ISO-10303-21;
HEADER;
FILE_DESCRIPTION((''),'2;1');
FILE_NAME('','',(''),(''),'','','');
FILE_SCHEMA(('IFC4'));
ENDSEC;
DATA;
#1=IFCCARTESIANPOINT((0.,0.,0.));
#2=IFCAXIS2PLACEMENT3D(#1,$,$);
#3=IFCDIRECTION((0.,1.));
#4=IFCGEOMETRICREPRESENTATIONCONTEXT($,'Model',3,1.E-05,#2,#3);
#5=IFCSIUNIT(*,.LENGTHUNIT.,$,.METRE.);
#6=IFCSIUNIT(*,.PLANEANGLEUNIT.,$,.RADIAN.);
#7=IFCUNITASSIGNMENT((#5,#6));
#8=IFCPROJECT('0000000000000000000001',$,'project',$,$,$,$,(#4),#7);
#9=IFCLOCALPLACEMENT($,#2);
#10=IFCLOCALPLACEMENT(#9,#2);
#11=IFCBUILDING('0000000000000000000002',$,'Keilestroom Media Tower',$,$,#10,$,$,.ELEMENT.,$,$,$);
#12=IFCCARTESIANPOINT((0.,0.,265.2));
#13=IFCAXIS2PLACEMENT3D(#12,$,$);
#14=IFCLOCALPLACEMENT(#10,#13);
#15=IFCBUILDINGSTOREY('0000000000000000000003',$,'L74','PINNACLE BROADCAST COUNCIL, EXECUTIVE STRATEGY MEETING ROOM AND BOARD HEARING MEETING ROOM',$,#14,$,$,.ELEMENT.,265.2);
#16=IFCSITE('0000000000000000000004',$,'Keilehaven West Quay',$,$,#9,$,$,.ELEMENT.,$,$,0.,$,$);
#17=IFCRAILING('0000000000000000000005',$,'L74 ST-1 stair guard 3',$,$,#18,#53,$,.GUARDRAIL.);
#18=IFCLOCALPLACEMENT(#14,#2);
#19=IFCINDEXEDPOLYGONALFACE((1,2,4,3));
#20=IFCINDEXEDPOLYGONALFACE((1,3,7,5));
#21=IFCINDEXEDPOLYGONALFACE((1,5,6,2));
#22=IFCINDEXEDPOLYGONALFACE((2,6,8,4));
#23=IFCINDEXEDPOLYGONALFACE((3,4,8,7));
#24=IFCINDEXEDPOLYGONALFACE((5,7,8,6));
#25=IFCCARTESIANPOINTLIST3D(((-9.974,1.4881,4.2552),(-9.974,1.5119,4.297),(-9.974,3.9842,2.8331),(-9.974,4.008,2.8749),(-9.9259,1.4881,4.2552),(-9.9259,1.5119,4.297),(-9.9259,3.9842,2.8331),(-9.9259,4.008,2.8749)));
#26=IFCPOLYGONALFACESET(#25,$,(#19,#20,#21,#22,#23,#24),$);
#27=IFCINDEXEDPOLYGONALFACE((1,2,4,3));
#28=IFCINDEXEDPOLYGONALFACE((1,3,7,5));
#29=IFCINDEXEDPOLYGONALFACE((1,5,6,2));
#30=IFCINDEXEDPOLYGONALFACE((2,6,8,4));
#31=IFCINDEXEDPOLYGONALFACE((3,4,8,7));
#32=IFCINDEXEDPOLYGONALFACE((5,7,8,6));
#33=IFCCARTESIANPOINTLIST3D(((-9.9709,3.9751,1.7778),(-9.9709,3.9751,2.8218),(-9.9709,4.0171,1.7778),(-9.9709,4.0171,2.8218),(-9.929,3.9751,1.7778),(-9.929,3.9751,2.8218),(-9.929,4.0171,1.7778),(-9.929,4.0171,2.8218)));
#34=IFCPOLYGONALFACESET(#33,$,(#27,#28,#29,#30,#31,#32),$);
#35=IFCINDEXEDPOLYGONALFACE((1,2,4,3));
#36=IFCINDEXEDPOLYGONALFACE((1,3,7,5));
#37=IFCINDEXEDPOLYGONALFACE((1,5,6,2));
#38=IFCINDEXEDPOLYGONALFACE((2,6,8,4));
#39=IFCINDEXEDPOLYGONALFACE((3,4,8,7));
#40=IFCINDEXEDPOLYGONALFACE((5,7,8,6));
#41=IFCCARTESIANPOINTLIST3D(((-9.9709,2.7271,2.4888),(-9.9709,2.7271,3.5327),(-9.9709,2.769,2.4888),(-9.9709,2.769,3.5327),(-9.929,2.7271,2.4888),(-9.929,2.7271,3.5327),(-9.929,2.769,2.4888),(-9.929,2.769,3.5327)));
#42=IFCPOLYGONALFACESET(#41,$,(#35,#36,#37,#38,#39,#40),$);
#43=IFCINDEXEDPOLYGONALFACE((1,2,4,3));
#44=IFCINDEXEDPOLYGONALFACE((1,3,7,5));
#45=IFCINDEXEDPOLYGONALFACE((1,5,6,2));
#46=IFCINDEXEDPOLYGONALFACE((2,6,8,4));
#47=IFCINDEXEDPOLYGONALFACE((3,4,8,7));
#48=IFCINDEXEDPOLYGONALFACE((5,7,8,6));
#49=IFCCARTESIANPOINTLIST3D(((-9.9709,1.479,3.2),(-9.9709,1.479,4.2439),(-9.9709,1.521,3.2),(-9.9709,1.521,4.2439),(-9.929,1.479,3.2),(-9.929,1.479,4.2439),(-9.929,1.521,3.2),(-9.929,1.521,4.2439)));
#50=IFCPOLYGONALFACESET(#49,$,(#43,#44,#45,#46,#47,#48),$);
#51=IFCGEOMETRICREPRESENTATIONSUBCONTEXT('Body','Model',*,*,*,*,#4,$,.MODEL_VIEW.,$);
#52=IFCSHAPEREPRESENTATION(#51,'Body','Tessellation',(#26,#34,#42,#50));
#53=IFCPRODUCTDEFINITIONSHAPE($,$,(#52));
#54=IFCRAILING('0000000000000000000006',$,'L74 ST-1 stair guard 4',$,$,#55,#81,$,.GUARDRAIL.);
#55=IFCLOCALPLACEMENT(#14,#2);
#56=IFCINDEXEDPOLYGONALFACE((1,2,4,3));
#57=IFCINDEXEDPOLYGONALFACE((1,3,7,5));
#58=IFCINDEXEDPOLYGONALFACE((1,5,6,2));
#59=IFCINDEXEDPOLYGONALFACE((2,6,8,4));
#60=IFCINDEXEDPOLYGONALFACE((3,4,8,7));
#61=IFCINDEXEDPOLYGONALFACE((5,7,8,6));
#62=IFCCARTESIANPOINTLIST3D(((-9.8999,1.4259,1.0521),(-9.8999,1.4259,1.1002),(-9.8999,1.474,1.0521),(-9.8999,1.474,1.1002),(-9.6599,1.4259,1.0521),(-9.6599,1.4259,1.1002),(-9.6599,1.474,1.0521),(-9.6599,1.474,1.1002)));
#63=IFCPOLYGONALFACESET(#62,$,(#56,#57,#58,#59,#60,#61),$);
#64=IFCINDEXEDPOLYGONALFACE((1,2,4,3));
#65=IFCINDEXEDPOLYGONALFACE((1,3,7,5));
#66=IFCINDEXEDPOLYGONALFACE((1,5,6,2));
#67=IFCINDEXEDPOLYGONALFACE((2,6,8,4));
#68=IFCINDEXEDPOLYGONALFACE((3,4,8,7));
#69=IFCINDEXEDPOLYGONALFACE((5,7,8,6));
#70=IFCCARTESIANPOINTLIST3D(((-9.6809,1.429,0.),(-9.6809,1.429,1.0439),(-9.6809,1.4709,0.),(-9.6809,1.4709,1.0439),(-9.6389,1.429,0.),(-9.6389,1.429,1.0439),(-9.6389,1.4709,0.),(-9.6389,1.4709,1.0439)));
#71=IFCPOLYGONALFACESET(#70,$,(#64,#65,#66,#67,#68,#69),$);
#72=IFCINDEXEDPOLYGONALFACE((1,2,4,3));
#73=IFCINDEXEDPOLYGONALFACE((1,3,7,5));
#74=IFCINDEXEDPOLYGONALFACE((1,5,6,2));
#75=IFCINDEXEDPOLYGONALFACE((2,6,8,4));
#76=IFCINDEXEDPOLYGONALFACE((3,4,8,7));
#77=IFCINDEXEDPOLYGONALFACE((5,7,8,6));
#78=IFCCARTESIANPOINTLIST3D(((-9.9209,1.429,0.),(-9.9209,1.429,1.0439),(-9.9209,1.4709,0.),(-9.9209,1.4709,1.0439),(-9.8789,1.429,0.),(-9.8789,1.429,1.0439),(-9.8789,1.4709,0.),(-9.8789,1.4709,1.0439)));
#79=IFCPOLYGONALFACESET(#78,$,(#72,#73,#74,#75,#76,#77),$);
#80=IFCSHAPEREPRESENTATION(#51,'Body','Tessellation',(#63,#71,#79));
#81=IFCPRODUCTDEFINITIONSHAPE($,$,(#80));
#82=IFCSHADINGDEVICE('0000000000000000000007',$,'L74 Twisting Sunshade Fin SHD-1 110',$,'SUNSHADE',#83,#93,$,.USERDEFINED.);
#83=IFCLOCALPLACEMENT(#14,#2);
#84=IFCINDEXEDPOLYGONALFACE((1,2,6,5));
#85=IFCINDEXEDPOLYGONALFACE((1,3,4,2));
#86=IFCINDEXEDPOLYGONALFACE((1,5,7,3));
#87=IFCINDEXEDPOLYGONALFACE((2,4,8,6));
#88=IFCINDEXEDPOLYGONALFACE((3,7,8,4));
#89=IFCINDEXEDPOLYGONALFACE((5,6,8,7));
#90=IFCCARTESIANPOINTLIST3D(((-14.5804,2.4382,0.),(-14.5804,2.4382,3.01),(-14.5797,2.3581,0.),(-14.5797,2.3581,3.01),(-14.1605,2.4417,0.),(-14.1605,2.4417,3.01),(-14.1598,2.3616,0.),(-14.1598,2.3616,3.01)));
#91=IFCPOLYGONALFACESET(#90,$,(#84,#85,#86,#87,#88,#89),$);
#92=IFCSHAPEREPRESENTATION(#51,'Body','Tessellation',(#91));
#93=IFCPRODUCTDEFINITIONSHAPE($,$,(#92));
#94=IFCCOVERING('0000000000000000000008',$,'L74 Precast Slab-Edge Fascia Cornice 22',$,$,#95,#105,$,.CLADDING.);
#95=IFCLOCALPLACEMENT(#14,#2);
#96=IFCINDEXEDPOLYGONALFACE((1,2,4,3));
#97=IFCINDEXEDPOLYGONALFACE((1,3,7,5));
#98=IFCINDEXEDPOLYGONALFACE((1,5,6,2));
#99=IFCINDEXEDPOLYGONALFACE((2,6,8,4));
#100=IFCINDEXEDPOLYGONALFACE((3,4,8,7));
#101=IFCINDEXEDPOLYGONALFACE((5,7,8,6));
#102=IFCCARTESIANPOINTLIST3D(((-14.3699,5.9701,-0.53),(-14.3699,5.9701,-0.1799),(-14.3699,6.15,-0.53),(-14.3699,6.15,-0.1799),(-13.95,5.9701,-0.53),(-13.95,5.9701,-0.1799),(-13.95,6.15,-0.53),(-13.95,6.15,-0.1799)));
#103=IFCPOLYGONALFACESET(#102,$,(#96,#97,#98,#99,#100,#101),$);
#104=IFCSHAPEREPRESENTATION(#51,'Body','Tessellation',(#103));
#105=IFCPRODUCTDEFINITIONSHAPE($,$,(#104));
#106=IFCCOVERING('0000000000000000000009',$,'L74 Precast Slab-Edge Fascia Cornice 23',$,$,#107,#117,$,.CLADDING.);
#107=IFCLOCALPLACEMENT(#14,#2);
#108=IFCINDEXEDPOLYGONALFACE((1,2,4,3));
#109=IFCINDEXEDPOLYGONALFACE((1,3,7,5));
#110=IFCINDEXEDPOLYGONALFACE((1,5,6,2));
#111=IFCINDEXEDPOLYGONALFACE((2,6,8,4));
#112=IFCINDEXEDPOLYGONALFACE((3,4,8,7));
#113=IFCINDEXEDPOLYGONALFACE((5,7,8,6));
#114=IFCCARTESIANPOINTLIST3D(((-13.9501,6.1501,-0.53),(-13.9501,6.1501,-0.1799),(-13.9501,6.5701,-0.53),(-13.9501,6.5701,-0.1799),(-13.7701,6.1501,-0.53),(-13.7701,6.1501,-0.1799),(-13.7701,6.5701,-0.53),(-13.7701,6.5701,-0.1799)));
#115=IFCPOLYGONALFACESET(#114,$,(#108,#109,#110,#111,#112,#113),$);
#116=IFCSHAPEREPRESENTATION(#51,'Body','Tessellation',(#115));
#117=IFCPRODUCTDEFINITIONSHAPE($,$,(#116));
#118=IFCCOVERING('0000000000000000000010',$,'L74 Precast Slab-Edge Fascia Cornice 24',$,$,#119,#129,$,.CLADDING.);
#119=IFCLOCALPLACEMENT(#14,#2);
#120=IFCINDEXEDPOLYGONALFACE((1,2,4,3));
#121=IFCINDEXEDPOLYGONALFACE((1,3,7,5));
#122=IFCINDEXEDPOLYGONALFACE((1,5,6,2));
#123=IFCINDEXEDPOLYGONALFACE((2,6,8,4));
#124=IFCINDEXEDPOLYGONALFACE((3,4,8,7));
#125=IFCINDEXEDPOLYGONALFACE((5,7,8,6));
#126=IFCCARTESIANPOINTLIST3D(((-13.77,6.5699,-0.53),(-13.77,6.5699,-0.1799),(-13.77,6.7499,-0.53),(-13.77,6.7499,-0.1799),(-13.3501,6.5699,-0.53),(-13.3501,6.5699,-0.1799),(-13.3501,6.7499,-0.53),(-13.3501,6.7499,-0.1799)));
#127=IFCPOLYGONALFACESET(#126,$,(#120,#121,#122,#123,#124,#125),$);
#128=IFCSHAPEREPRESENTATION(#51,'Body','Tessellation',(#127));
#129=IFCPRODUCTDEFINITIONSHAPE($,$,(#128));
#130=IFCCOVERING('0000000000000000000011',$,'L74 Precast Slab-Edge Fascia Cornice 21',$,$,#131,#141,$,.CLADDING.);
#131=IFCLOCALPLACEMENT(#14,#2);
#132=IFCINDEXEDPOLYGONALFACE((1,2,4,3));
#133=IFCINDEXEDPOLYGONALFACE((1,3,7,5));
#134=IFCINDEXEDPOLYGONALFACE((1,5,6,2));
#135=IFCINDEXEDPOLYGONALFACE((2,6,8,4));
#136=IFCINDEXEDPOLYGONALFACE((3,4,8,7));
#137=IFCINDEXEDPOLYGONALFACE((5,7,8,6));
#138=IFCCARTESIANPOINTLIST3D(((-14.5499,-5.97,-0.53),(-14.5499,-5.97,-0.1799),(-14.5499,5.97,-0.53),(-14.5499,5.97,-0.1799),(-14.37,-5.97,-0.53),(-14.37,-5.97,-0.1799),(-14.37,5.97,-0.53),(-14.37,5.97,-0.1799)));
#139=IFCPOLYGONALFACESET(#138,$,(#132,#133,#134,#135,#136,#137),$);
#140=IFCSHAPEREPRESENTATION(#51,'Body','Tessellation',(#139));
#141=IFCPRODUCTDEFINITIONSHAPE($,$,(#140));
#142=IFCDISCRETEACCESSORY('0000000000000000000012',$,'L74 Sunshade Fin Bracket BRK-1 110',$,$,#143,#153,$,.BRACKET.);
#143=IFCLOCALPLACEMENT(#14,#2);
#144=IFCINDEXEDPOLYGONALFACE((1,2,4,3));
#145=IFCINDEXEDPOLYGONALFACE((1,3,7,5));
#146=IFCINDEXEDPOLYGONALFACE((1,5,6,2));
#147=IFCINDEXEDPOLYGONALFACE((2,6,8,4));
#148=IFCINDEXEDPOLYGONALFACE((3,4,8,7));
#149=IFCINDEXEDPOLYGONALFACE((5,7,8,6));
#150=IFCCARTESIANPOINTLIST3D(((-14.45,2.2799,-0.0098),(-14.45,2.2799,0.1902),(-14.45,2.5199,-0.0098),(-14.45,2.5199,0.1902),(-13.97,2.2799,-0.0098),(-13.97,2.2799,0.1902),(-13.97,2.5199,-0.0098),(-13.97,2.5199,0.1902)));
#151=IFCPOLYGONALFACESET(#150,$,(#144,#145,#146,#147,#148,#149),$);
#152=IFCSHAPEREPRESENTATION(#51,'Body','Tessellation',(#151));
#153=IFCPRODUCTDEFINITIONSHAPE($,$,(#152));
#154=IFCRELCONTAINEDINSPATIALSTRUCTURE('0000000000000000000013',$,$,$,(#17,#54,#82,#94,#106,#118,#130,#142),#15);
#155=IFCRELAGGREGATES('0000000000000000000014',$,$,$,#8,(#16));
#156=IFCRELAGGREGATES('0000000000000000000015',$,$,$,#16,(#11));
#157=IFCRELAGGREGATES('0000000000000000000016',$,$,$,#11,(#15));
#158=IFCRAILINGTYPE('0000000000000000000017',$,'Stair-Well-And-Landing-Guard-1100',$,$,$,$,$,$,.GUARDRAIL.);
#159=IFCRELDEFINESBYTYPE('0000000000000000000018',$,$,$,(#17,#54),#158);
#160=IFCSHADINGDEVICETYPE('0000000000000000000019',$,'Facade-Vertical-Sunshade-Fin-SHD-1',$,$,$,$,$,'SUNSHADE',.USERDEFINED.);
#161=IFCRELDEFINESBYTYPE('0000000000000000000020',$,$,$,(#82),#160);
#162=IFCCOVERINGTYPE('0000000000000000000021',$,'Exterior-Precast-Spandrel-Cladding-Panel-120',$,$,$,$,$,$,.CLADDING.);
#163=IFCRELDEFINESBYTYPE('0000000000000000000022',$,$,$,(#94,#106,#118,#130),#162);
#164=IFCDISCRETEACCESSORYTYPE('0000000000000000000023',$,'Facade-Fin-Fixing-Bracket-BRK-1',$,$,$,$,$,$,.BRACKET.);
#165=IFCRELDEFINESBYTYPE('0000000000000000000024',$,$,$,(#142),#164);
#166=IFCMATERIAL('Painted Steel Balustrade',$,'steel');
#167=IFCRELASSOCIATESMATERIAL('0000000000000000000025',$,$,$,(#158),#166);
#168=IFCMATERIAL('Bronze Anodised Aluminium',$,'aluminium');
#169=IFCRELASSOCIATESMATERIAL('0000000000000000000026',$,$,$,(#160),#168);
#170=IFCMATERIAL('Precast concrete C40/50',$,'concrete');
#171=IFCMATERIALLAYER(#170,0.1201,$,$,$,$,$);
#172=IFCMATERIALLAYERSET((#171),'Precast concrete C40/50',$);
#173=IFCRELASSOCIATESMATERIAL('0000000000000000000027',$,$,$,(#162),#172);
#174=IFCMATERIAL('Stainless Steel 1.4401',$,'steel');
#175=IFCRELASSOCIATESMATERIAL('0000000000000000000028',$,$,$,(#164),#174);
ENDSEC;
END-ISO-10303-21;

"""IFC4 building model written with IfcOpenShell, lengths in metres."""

from ifc_helpers import new_model, si_unit, direction, frame, origin, origin_2d, place, context, subcontext, project, spatial, rectangle, extrude, source, transform, mapped, material, layer, layer_set, type_object, element, save


model = new_model("IFC4")

# Units and contexts
model_context = context("Model", 3, precision=1e-05, world=origin(), true_north=direction((0.0, 1.0)))
body_context = subcontext(model_context, "Body", "Model", "MODEL_VIEW")
ifc_project = project(units=[si_unit("LENGTHUNIT", "METRE"), si_unit("PLANEANGLEUNIT", "RADIAN")], contexts=[model_context])

# Site, building, storey
site_placement = place(None, origin())
site = spatial("IfcSite", under=ifc_project, at=site_placement, Name="Keilehaven West Quay", CompositionType="ELEMENT", RefElevation=0.0)
building_placement = place(site_placement, origin())
building = spatial("IfcBuilding", under=site, at=building_placement, Name="Keilestroom Media Tower", CompositionType="ELEMENT")
storey_placement = place(building_placement, frame((0.0, 0.0, 265.2)))
storey = spatial("IfcBuildingStorey", under=building, at=storey_placement, Name="L74", Description="PINNACLE BROADCAST COUNCIL, EXECUTIVE STRATEGY MEETING ROOM AND BOARD HEARING MEETING ROOM", CompositionType="ELEMENT", Elevation=265.2)

# Shared definitions
ifc_material_1 = material(Name="Precast concrete C40/50", Category="concrete")

# Railings
ifc_material_2 = material(Name="Painted Steel Balustrade", Category="steel")
railing_type_1 = type_object("IfcRailingType", Name="Stair-Well-And-Landing-Guard-1100", PredefinedType="GUARDRAIL", material=ifc_material_2)
railing_1_placement = place(storey_placement, frame((-9.95, 3.9961, 1.7778)))
element("IfcRailing", 1, at=railing_1_placement, inside=storey, type_object=railing_type_1, Name="L74 ST-1 stair guard 3", PredefinedType="GUARDRAIL", context=body_context, shape_type="SweptSolid", body=[
    extrude(rectangle(XDim=0.0481, YDim=0.0481, at=origin_2d()), frame((0.0, 0.0, 1.0762), z_axis=(0.0, -0.868875, 0.495031), x_axis=(1.0, 0.0, 0.0)), (0.0, 0.0, 1.0), 2.8728),
    extrude(rectangle(XDim=0.042, YDim=0.042, at=origin_2d()), origin(), (0.0, 0.0, 1.0), 1.0439),
    extrude(rectangle(XDim=0.042, YDim=0.042, at=origin_2d()), frame((0.0, -1.248, 0.7109)), (0.0, 0.0, 1.0), 1.0439),
    extrude(rectangle(XDim=0.042, YDim=0.042, at=origin_2d()), frame((0.0, -2.4961, 1.4221)), (0.0, 0.0, 1.0), 1.0439),
])
railing_2_placement = place(storey_placement, frame((-9.6599, 1.45, 0.0)))
element("IfcRailing", 2, at=railing_2_placement, inside=storey, type_object=railing_type_1, Name="L74 ST-1 stair guard 4", PredefinedType="GUARDRAIL", context=body_context, shape_type="SweptSolid", body=[
    extrude(rectangle(XDim=0.0481, YDim=0.0481, at=origin_2d()), frame((0.0, 0.0, 1.0762), z_axis=(-1.0, 0.0, 0.0), x_axis=(0.0, -1.0, 0.0)), (0.0, 0.0, 1.0), 0.24),
    extrude(rectangle(XDim=0.042, YDim=0.042, at=origin_2d()), origin(), (0.0, 0.0, 1.0), 1.0439),
    extrude(rectangle(XDim=0.042, YDim=0.042, at=origin_2d()), frame((-0.24, 0.0, 0.0)), (0.0, 0.0, 1.0), 1.0439),
])

# Shading device
ifc_material_3 = material(Name="Bronze Anodised Aluminium", Category="aluminium")
shading_device_type = type_object("IfcShadingDeviceType", Name="Facade-Vertical-Sunshade-Fin-SHD-1", ElementType="SUNSHADE", PredefinedType="USERDEFINED", material=ifc_material_3)
shared_shape_1 = source(origin(), body_context, "Body", "SweptSolid", [
    extrude(rectangle(XDim=0.4199, YDim=0.0801, at=origin_2d()), origin(), (0.0, 0.0, 1.0), 3.01),
])
shading_device_placement = place(storey_placement, frame((-14.3701, 2.3999, 0.0), z_axis=(0.0, 0.0, 1.0), x_axis=(0.999966, 0.008203, 0.0)))
element("IfcShadingDevice", 3, at=shading_device_placement, inside=storey, type_object=shading_device_type, Name="L74 Twisting Sunshade Fin SHD-1 110", ObjectType="SUNSHADE", PredefinedType="USERDEFINED", context=body_context, shape_type="MappedRepresentation", body=[
    mapped(shared_shape_1, transform((0.0, 0.0, 0.0), x_axis=(1.0, 0.0, 0.0), y_axis=(0.0, 1.0, 0.0), z_axis=(0.0, 0.0, 1.0), scale=1.0)),
])

# Coverings
ifc_layer_1 = layer(ifc_material_1, 0.1201)
ifc_layer_set_1 = layer_set([ifc_layer_1], Name="Precast concrete C40/50")
covering_type = type_object("IfcCoveringType", Name="Exterior-Precast-Spandrel-Cladding-Panel-120", PredefinedType="CLADDING", material=ifc_layer_set_1)
shared_shape_2 = source(origin(), body_context, "Body", "SweptSolid", [
    extrude(rectangle(XDim=0.4199, YDim=0.1799, at=origin_2d()), origin(), (0.0, 0.0, 1.0), 0.3501),
])
for number, where, z_axis, x_axis, name in (
    (4, (-14.1599, 6.0601, -0.53), (0.0, 0.0, 1.0), (1.0, 0.0, 0.0), "L74 Precast Slab-Edge Fascia Cornice 22"),
    (5, (-13.8601, 6.3601, -0.53), (0.0, 0.0, 1.0), (0.0, 1.0, 0.0), "L74 Precast Slab-Edge Fascia Cornice 23"),
    (6, (-13.5601, 6.6599, -0.53), (0.0, 0.0, 1.0), (1.0, 0.0, 0.0), "L74 Precast Slab-Edge Fascia Cornice 24"),
):
    element("IfcCovering", number, at=place(storey_placement, frame(where, z_axis=z_axis, x_axis=x_axis)), inside=storey, type_object=covering_type, Name=name, PredefinedType="CLADDING", context=body_context, shape_type="MappedRepresentation", body=[
        mapped(shared_shape_2, transform((0.0, 0.0, 0.0), x_axis=(1.0, 0.0, 0.0), y_axis=(0.0, 1.0, 0.0), z_axis=(0.0, 0.0, 1.0), scale=1.0)),
    ])
shared_shape_3 = source(origin(), body_context, "Body", "SweptSolid", [
    extrude(rectangle(XDim=11.9399, YDim=0.1799, at=origin_2d()), origin(), (0.0, 0.0, 1.0), 0.3501),
])
covering_placement = place(storey_placement, frame((-14.46, 0.0, -0.53), z_axis=(0.0, 0.0, 1.0), x_axis=(0.0, 1.0, 0.0)))
element("IfcCovering", 7, at=covering_placement, inside=storey, type_object=covering_type, Name="L74 Precast Slab-Edge Fascia Cornice 21", PredefinedType="CLADDING", context=body_context, shape_type="MappedRepresentation", body=[
    mapped(shared_shape_3, transform((0.0, 0.0, 0.0), x_axis=(1.0, 0.0, 0.0), y_axis=(0.0, 1.0, 0.0), z_axis=(0.0, 0.0, 1.0), scale=1.0)),
])

# Discrete accessory
ifc_material_4 = material(Name="Stainless Steel 1.4401", Category="steel")
discrete_accessory_type = type_object("IfcDiscreteAccessoryType", Name="Facade-Fin-Fixing-Bracket-BRK-1", PredefinedType="BRACKET", material=ifc_material_4)
shared_shape_4 = source(origin(), body_context, "Body", "SweptSolid", [
    extrude(rectangle(XDim=0.48, YDim=0.24, at=origin_2d()), origin(), (0.0, 0.0, 1.0), 0.2),
])
discrete_accessory_placement = place(storey_placement, frame((-14.21, 2.3999, -0.0098), z_axis=(0.0, 0.0, 1.0), x_axis=(1.0, 0.0, 0.0)))
element("IfcDiscreteAccessory", 8, at=discrete_accessory_placement, inside=storey, type_object=discrete_accessory_type, Name="L74 Sunshade Fin Bracket BRK-1 110", PredefinedType="BRACKET", context=body_context, shape_type="MappedRepresentation", body=[
    mapped(shared_shape_4, transform((0.0, 0.0, 0.0), x_axis=(1.0, 0.0, 0.0), y_axis=(0.0, 1.0, 0.0), z_axis=(0.0, 0.0, 1.0), scale=1.0)),
])

save(model, "model.ifc")
